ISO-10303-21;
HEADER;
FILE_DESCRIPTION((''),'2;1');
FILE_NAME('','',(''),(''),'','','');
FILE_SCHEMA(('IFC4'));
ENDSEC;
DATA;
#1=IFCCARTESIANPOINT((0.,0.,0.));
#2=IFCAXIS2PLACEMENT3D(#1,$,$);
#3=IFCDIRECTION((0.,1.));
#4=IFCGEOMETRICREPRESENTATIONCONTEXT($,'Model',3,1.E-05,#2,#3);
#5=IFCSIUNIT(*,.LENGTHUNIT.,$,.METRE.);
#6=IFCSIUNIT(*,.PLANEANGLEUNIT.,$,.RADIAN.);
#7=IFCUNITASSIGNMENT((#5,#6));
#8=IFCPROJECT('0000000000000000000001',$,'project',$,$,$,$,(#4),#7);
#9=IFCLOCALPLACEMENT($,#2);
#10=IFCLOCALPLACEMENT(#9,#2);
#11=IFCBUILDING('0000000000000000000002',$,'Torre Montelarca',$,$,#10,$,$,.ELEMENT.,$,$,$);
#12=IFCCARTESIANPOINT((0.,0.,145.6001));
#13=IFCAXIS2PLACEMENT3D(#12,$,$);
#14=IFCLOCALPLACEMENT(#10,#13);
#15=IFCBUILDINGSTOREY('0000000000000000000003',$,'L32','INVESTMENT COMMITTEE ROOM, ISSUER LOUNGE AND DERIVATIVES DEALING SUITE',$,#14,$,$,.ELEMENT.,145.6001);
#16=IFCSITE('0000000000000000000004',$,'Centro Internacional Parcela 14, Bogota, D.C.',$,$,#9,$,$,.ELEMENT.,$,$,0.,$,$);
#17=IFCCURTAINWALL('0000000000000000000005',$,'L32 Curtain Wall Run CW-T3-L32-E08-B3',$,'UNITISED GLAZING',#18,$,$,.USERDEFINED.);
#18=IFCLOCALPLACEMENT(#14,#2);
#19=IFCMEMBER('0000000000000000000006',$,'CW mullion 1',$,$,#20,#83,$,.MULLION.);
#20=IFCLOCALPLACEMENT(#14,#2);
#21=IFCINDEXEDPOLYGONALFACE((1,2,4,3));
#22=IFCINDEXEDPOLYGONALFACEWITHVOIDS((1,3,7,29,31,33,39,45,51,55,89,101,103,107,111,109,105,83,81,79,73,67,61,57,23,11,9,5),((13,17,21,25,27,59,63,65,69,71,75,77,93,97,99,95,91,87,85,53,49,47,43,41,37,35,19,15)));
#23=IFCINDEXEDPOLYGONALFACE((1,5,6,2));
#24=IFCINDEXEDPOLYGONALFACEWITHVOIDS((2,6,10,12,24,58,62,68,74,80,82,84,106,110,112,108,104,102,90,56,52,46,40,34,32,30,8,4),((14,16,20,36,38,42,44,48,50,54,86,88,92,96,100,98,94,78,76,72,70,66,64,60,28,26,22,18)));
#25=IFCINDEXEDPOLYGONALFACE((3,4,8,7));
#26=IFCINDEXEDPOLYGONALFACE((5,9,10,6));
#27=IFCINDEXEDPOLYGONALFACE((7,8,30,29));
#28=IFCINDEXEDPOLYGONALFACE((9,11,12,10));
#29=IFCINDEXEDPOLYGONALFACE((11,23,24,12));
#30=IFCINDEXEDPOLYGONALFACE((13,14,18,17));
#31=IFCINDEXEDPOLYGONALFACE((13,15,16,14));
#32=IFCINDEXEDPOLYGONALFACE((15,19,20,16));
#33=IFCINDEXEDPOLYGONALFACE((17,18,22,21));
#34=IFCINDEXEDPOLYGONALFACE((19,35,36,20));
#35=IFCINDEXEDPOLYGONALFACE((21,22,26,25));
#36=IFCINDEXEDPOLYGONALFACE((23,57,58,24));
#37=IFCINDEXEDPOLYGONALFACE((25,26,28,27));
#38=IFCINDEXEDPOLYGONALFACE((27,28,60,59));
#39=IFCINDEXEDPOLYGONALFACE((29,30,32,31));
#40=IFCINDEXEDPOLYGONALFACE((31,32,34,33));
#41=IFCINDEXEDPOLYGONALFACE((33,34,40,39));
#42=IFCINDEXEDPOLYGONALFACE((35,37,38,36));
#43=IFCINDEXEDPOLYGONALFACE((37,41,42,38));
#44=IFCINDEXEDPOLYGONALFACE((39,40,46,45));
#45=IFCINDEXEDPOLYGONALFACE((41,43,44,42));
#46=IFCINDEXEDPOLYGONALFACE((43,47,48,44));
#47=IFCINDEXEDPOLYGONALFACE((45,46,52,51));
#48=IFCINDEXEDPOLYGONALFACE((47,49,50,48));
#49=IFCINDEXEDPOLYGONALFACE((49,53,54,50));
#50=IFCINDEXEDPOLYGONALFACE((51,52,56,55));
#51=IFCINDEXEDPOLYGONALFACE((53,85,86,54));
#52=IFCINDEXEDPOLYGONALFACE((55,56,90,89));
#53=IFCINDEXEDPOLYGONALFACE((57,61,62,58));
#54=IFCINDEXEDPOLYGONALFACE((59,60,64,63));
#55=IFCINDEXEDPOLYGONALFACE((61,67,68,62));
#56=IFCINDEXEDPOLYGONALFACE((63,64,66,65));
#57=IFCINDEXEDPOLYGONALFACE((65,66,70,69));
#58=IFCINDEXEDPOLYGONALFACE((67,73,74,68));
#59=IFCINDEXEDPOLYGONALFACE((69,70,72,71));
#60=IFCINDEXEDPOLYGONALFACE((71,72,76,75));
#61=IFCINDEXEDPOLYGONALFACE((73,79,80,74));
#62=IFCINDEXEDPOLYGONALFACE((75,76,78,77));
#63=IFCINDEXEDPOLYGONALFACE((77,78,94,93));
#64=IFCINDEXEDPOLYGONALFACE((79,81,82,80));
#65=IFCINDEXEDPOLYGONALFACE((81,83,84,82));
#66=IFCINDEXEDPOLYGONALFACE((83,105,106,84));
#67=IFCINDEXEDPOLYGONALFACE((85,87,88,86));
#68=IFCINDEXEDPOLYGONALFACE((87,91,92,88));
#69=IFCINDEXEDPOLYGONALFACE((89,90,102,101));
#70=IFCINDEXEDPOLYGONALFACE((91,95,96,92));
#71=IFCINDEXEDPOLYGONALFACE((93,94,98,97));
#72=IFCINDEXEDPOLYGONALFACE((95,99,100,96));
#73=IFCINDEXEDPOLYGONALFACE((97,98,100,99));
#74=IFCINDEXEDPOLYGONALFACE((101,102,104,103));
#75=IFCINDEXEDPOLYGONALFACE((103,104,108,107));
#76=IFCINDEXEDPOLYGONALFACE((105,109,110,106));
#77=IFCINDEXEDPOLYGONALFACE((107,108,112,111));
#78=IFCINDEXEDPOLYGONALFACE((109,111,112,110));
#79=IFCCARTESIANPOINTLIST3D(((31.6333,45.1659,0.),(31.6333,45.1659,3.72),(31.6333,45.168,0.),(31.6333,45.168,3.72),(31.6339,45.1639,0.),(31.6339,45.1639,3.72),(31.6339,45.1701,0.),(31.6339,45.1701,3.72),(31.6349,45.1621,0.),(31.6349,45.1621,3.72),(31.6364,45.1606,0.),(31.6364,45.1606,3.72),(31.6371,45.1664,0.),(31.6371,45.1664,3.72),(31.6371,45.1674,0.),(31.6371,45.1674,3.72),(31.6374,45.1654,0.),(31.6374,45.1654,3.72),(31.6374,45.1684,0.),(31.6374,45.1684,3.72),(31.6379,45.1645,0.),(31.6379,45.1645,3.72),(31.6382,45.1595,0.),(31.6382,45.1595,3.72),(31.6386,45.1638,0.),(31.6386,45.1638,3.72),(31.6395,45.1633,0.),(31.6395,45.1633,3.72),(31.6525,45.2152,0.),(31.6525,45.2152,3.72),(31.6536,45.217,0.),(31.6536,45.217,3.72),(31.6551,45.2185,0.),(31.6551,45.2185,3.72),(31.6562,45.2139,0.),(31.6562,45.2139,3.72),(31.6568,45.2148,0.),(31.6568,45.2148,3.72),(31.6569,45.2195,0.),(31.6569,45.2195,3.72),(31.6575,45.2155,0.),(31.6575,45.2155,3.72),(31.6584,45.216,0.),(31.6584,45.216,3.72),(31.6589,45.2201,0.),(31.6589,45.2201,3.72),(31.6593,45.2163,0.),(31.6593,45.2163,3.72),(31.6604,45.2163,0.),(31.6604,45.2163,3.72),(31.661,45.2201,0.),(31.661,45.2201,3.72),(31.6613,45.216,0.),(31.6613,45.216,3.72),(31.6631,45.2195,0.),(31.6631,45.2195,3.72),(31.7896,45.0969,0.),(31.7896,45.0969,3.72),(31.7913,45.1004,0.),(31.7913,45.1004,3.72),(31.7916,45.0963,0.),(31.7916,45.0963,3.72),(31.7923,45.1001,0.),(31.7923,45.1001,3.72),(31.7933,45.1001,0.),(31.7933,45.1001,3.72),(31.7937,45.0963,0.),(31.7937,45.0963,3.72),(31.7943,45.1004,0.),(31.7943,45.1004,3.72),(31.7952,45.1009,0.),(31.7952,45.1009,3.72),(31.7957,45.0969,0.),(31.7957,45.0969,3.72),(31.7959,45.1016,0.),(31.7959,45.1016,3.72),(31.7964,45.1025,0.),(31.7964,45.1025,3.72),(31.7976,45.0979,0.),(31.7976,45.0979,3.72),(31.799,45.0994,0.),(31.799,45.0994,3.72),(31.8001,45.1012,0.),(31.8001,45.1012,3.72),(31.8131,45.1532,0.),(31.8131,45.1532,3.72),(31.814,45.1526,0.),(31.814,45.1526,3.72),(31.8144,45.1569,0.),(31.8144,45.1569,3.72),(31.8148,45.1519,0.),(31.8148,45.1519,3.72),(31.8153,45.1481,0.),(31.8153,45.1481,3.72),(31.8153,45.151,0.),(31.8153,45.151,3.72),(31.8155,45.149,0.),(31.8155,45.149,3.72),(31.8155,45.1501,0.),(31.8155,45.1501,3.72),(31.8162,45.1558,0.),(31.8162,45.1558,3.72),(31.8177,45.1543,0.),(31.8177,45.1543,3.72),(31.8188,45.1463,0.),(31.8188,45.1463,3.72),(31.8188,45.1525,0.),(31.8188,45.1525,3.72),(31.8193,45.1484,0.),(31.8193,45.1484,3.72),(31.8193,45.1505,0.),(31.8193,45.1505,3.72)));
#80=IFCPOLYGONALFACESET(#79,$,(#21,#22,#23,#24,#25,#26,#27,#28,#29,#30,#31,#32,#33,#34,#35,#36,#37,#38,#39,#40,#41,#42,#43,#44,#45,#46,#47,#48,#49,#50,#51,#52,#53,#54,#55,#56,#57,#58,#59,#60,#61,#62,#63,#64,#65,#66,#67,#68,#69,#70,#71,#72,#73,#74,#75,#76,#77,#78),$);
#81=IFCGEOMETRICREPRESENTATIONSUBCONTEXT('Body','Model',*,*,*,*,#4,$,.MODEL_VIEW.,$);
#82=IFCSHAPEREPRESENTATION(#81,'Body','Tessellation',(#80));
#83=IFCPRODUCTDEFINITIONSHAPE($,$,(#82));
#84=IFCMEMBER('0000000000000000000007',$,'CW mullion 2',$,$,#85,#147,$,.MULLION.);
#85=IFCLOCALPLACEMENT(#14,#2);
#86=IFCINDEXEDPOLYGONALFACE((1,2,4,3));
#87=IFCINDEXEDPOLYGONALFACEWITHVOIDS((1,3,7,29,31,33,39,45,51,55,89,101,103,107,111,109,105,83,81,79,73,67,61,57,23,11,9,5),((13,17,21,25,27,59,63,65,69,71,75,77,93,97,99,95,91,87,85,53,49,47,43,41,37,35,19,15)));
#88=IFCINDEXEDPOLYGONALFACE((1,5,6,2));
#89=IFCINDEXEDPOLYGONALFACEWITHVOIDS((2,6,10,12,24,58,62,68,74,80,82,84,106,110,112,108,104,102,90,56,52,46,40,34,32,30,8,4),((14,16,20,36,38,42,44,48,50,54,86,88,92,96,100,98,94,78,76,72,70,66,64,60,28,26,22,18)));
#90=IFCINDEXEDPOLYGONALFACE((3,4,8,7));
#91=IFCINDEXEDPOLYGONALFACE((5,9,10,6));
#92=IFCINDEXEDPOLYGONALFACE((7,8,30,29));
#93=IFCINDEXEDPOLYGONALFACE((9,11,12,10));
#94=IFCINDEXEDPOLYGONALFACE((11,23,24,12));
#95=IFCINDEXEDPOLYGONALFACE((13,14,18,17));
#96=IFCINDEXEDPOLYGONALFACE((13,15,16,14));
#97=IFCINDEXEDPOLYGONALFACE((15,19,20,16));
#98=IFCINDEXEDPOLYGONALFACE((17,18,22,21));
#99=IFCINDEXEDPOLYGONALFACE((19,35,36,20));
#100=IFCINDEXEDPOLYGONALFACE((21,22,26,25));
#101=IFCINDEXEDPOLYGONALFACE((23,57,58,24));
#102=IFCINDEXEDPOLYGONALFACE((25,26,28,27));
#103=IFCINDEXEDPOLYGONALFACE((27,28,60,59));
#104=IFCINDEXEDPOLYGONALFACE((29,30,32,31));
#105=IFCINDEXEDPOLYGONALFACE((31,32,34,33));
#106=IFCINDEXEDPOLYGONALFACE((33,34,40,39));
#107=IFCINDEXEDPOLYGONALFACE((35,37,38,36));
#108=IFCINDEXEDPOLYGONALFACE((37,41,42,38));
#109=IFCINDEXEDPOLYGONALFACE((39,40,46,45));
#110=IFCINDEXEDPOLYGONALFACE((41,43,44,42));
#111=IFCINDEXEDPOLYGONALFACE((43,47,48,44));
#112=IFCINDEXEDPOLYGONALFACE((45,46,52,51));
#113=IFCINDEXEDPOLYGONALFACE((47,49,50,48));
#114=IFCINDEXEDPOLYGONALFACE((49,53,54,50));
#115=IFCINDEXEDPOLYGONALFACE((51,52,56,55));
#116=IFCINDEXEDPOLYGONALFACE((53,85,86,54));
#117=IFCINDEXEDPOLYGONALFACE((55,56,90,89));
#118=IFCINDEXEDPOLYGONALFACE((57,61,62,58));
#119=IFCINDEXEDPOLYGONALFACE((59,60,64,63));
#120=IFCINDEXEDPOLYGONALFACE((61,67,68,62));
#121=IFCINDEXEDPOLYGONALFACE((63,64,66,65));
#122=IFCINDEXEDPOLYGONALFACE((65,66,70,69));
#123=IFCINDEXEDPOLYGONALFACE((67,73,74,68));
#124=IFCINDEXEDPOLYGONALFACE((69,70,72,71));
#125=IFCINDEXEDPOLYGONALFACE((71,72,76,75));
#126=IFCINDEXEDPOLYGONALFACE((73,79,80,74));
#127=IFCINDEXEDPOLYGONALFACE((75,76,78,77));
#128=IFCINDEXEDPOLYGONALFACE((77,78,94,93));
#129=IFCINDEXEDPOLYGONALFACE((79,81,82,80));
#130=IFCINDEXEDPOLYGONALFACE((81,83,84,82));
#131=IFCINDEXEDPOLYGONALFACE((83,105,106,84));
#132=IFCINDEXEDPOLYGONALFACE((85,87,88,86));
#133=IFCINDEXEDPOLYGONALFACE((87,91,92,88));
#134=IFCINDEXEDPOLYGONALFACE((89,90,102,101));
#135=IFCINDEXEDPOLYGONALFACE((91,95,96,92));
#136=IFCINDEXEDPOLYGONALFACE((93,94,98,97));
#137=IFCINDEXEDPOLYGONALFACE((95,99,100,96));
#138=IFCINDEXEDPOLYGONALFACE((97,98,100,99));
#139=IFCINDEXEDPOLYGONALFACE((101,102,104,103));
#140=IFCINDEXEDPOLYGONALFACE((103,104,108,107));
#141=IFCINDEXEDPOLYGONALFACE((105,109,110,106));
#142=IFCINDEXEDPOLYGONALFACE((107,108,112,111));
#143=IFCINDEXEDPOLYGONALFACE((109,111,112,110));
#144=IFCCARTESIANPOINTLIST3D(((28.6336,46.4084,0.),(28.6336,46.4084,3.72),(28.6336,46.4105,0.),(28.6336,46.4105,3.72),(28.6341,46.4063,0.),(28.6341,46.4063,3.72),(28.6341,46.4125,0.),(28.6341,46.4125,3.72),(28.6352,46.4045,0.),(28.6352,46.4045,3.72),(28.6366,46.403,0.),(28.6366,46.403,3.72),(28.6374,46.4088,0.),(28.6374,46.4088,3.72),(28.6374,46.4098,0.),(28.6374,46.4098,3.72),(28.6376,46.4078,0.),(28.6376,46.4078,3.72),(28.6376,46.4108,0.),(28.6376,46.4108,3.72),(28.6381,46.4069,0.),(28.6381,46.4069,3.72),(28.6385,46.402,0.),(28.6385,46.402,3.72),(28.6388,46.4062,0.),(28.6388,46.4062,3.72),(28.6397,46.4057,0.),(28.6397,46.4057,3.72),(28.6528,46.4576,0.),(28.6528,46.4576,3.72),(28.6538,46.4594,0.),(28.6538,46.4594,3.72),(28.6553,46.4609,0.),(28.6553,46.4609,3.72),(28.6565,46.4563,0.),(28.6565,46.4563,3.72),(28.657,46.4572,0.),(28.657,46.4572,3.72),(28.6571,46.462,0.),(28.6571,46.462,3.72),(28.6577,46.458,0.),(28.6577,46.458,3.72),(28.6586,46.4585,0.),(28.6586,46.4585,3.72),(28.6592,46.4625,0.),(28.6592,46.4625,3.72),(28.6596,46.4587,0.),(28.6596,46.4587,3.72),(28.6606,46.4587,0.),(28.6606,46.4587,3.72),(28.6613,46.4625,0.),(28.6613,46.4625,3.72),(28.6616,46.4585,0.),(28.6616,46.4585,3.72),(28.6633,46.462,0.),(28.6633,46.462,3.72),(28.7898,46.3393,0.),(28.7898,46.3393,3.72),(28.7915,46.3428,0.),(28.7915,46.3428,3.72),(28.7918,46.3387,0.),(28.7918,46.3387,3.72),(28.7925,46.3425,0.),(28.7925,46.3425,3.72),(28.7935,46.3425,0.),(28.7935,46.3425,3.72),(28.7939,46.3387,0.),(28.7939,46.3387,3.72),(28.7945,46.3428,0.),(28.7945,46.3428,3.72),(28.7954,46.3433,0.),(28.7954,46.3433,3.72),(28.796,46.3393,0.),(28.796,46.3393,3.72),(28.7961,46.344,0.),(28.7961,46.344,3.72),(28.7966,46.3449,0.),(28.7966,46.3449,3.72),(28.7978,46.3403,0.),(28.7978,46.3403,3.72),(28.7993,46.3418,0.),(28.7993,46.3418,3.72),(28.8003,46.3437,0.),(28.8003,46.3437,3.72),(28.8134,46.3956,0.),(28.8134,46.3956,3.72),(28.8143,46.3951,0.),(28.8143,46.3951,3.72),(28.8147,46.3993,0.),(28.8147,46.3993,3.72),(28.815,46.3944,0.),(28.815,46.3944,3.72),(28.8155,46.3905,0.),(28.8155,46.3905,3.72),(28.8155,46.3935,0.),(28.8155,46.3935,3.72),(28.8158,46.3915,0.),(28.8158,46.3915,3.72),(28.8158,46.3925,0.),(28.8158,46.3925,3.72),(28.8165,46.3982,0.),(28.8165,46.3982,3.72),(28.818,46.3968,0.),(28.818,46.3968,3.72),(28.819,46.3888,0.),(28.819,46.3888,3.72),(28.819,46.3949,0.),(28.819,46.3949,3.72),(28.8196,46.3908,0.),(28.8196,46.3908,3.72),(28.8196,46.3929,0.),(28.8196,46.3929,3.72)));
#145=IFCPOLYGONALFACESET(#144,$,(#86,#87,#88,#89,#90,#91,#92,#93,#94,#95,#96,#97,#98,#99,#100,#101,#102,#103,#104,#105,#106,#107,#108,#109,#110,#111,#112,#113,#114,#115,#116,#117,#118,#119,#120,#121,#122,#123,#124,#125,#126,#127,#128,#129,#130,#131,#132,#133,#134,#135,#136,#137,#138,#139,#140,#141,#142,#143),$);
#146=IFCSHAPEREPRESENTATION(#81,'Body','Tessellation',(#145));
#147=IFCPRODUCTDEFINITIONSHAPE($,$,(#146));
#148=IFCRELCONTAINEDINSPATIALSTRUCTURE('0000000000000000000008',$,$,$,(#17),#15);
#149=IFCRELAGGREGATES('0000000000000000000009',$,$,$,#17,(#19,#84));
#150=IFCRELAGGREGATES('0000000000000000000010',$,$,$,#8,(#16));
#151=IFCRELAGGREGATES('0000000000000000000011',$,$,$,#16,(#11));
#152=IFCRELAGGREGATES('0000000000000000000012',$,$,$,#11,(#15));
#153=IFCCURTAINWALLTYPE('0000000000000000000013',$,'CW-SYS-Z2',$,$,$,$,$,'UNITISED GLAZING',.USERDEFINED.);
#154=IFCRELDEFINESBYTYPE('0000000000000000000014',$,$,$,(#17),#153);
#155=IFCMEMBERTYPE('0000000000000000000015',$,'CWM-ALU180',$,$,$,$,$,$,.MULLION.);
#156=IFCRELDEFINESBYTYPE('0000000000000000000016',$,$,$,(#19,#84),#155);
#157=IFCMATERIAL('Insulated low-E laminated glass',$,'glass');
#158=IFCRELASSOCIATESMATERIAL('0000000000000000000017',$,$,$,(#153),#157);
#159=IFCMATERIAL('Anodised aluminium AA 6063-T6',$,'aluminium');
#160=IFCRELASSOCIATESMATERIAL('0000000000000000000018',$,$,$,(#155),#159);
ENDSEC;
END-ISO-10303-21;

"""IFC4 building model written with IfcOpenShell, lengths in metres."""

from ifc_helpers import new_model, si_unit, direction, frame, origin, origin_2d, place, context, subcontext, project, spatial, hollow_rectangle, extrude, source, transform, mapped, material, material_profile, profile_set, type_object, element, aggregate, save


model = new_model("IFC4")

# Units and contexts
model_context = context("Model", 3, precision=1e-05, world=origin(), true_north=direction((0.0, 1.0)))
body_context = subcontext(model_context, "Body", "Model", "MODEL_VIEW")
ifc_project = project(units=[si_unit("LENGTHUNIT", "METRE"), si_unit("PLANEANGLEUNIT", "RADIAN")], contexts=[model_context])

# Site, building, storey
site_placement = place(None, origin())
site = spatial("IfcSite", under=ifc_project, at=site_placement, Name="Centro Internacional Parcela 14, Bogota, D.C.", CompositionType="ELEMENT", RefElevation=0.0)
building_placement = place(site_placement, origin())
building = spatial("IfcBuilding", under=site, at=building_placement, Name="Torre Montelarca", CompositionType="ELEMENT")
storey_placement = place(building_placement, frame((0.0, 0.0, 145.6001)))
storey = spatial("IfcBuildingStorey", under=building, at=storey_placement, Name="L32", Description="INVESTMENT COMMITTEE ROOM, ISSUER LOUNGE AND DERIVATIVES DEALING SUITE", CompositionType="ELEMENT", Elevation=145.6001)

# Curtain wall, members
ifc_material_1 = material(Name="Insulated low-E laminated glass", Category="glass")
curtain_wall_type = type_object("IfcCurtainWallType", Name="CW-SYS-Z2", ElementType="UNITISED GLAZING", PredefinedType="USERDEFINED", material=ifc_material_1)
ifc_material_2 = material(Name="Anodised aluminium AA 6063-T6", Category="aluminium")
ifc_material_profile_1 = material_profile(ifc_material_2, hollow_rectangle(XDim=0.0649, YDim=0.1799, WallThickness=0.0039, InnerFilletRadius=0.0039, OuterFilletRadius=0.0081, at=origin_2d()), Name="ALU65X180X4", Category="aluminium")
ifc_profile_set_1 = profile_set([ifc_material_profile_1], Name="Anodised aluminium AA 6063-T6")
member_type_1 = type_object("IfcMemberType", Name="CWM-ALU180", PredefinedType="MULLION", material=ifc_profile_set_1)
shared_shape_1 = source(origin(), body_context, "Body", "SweptSolid", [
    extrude(hollow_rectangle(XDim=0.0649, YDim=0.1799, WallThickness=0.0039, InnerFilletRadius=0.0039, OuterFilletRadius=0.0081, at=origin_2d()), origin(), (0.0, 0.0, 1.0), 3.72),
])
curtain_wall_1_placement = place(storey_placement, origin())
curtain_wall_1 = element("IfcCurtainWall", 1, at=curtain_wall_1_placement, inside=storey, type_object=curtain_wall_type, Name="L32 Curtain Wall Run CW-T3-L32-E08-B3", ObjectType="UNITISED GLAZING", PredefinedType="USERDEFINED")
member_1_placement = place(storey_placement, frame((31.7263, 45.1582, 0.0), z_axis=(0.0, 0.0, 1.0), x_axis=(-0.38268, -0.923881, 0.0)))
member_1 = element("IfcMember", 2, at=member_1_placement, type_object=member_type_1, Name="CW mullion 1", PredefinedType="MULLION", context=body_context, shape_type="MappedRepresentation", body=[
    mapped(shared_shape_1, transform((0.0, 0.0, 0.0), scale=1.0)),
])
member_2_placement = place(storey_placement, frame((28.7266, 46.4006, 0.0), z_axis=(0.0, 0.0, 1.0), x_axis=(-0.38268, -0.923881, 0.0)))
member_2 = element("IfcMember", 3, at=member_2_placement, type_object=member_type_1, Name="CW mullion 2", PredefinedType="MULLION", context=body_context, shape_type="MappedRepresentation", body=[
    mapped(shared_shape_1, transform((0.0, 0.0, 0.0), scale=1.0)),
])

aggregate(curtain_wall_1, [member_1, member_2])

save(model, "model.ifc")
